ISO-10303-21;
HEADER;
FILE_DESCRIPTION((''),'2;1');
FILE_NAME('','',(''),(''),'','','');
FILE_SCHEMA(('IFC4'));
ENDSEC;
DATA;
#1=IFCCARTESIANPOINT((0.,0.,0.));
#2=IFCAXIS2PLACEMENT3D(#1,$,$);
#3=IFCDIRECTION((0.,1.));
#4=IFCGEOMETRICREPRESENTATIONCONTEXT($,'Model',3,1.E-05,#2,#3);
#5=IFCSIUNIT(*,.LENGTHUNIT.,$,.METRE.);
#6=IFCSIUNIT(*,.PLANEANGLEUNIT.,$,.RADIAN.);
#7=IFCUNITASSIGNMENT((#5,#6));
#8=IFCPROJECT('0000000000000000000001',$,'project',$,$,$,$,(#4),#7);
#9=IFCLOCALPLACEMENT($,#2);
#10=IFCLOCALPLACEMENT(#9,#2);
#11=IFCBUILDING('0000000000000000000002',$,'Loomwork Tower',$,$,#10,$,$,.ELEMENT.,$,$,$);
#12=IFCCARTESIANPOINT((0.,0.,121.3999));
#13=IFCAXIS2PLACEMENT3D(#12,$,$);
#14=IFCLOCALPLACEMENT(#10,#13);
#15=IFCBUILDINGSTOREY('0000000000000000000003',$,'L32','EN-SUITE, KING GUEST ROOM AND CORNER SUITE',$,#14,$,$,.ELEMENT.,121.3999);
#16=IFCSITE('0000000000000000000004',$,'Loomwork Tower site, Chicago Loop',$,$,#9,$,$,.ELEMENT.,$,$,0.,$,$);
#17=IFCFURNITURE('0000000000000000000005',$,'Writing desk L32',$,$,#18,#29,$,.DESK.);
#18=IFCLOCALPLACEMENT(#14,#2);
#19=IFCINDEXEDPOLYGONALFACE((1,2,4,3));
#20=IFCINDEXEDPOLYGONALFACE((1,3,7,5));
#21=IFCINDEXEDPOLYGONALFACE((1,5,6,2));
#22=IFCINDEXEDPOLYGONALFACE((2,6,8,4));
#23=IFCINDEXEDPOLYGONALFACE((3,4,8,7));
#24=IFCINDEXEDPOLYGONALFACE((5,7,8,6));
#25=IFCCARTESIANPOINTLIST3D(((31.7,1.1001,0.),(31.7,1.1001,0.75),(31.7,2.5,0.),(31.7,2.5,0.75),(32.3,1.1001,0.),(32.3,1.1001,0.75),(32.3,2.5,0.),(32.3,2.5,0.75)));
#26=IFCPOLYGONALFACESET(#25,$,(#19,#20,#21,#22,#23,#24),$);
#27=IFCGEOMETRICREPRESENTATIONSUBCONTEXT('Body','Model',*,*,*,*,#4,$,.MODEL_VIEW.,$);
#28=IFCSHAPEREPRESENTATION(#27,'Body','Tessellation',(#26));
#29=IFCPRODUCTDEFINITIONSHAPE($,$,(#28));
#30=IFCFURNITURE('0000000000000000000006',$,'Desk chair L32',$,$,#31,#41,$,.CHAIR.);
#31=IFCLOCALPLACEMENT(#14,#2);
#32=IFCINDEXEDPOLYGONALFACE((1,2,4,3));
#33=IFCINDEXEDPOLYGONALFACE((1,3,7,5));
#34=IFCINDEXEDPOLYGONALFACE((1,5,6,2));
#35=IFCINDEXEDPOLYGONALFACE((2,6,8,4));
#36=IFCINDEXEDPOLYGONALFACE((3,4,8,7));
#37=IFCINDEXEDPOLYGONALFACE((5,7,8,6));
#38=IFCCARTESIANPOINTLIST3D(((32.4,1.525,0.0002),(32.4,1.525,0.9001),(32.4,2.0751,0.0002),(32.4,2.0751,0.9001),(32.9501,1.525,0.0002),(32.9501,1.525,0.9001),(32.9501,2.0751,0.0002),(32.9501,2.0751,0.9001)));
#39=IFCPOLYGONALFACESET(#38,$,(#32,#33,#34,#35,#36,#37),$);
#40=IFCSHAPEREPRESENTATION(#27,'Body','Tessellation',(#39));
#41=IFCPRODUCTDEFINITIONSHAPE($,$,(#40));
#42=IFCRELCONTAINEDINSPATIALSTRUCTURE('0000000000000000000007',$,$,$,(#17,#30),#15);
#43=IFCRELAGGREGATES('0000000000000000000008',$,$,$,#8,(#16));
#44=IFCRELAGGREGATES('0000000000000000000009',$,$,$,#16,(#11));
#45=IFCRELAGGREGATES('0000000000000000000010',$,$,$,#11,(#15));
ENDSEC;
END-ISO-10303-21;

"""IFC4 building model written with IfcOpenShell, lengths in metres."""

from ifc_helpers import new_model, si_unit, direction, frame, origin, origin_2d, place, context, subcontext, project, spatial, rectangle, extrude, element, save


model = new_model("IFC4")

# Units and contexts
model_context = context("Model", 3, precision=1e-05, world=origin(), true_north=direction((0.0, 1.0)))
body_context = subcontext(model_context, "Body", "Model", "MODEL_VIEW")
ifc_project = project(units=[si_unit("LENGTHUNIT", "METRE"), si_unit("PLANEANGLEUNIT", "RADIAN")], contexts=[model_context])

# Site, building, storey
site_placement = place(None, origin())
site = spatial("IfcSite", under=ifc_project, at=site_placement, Name="Loomwork Tower site, Chicago Loop", CompositionType="ELEMENT", RefElevation=0.0)
building_placement = place(site_placement, origin())
building = spatial("IfcBuilding", under=site, at=building_placement, Name="Loomwork Tower", CompositionType="ELEMENT")
storey_placement = place(building_placement, frame((0.0, 0.0, 121.3999)))
storey = spatial("IfcBuildingStorey", under=building, at=storey_placement, Name="L32", Description="EN-SUITE, KING GUEST ROOM AND CORNER SUITE", CompositionType="ELEMENT", Elevation=121.3999)

# Furniture
furniture_1_placement = place(storey_placement, frame((32.0, 1.8, 0.0), z_axis=(0.0, 0.0, 1.0), x_axis=(1.0, 0.0, 0.0)))
element("IfcFurniture", 1, at=furniture_1_placement, inside=storey, Name="Writing desk L32", PredefinedType="DESK", context=body_context, shape_type="SweptSolid", body=[
    extrude(rectangle(XDim=0.6001, YDim=1.3999, at=origin_2d()), origin(), (0.0, 0.0, 1.0), 0.75),
])
furniture_2_placement = place(storey_placement, frame((32.675, 1.8, 0.0002), z_axis=(0.0, 0.0, 1.0), x_axis=(1.0, 0.0, 0.0)))
element("IfcFurniture", 2, at=furniture_2_placement, inside=storey, Name="Desk chair L32", PredefinedType="CHAIR", context=body_context, shape_type="SweptSolid", body=[
    extrude(rectangle(XDim=0.55, YDim=0.55, at=origin_2d()), origin(), (0.0, 0.0, 1.0), 0.8999),
])

save(model, "model.ifc")
